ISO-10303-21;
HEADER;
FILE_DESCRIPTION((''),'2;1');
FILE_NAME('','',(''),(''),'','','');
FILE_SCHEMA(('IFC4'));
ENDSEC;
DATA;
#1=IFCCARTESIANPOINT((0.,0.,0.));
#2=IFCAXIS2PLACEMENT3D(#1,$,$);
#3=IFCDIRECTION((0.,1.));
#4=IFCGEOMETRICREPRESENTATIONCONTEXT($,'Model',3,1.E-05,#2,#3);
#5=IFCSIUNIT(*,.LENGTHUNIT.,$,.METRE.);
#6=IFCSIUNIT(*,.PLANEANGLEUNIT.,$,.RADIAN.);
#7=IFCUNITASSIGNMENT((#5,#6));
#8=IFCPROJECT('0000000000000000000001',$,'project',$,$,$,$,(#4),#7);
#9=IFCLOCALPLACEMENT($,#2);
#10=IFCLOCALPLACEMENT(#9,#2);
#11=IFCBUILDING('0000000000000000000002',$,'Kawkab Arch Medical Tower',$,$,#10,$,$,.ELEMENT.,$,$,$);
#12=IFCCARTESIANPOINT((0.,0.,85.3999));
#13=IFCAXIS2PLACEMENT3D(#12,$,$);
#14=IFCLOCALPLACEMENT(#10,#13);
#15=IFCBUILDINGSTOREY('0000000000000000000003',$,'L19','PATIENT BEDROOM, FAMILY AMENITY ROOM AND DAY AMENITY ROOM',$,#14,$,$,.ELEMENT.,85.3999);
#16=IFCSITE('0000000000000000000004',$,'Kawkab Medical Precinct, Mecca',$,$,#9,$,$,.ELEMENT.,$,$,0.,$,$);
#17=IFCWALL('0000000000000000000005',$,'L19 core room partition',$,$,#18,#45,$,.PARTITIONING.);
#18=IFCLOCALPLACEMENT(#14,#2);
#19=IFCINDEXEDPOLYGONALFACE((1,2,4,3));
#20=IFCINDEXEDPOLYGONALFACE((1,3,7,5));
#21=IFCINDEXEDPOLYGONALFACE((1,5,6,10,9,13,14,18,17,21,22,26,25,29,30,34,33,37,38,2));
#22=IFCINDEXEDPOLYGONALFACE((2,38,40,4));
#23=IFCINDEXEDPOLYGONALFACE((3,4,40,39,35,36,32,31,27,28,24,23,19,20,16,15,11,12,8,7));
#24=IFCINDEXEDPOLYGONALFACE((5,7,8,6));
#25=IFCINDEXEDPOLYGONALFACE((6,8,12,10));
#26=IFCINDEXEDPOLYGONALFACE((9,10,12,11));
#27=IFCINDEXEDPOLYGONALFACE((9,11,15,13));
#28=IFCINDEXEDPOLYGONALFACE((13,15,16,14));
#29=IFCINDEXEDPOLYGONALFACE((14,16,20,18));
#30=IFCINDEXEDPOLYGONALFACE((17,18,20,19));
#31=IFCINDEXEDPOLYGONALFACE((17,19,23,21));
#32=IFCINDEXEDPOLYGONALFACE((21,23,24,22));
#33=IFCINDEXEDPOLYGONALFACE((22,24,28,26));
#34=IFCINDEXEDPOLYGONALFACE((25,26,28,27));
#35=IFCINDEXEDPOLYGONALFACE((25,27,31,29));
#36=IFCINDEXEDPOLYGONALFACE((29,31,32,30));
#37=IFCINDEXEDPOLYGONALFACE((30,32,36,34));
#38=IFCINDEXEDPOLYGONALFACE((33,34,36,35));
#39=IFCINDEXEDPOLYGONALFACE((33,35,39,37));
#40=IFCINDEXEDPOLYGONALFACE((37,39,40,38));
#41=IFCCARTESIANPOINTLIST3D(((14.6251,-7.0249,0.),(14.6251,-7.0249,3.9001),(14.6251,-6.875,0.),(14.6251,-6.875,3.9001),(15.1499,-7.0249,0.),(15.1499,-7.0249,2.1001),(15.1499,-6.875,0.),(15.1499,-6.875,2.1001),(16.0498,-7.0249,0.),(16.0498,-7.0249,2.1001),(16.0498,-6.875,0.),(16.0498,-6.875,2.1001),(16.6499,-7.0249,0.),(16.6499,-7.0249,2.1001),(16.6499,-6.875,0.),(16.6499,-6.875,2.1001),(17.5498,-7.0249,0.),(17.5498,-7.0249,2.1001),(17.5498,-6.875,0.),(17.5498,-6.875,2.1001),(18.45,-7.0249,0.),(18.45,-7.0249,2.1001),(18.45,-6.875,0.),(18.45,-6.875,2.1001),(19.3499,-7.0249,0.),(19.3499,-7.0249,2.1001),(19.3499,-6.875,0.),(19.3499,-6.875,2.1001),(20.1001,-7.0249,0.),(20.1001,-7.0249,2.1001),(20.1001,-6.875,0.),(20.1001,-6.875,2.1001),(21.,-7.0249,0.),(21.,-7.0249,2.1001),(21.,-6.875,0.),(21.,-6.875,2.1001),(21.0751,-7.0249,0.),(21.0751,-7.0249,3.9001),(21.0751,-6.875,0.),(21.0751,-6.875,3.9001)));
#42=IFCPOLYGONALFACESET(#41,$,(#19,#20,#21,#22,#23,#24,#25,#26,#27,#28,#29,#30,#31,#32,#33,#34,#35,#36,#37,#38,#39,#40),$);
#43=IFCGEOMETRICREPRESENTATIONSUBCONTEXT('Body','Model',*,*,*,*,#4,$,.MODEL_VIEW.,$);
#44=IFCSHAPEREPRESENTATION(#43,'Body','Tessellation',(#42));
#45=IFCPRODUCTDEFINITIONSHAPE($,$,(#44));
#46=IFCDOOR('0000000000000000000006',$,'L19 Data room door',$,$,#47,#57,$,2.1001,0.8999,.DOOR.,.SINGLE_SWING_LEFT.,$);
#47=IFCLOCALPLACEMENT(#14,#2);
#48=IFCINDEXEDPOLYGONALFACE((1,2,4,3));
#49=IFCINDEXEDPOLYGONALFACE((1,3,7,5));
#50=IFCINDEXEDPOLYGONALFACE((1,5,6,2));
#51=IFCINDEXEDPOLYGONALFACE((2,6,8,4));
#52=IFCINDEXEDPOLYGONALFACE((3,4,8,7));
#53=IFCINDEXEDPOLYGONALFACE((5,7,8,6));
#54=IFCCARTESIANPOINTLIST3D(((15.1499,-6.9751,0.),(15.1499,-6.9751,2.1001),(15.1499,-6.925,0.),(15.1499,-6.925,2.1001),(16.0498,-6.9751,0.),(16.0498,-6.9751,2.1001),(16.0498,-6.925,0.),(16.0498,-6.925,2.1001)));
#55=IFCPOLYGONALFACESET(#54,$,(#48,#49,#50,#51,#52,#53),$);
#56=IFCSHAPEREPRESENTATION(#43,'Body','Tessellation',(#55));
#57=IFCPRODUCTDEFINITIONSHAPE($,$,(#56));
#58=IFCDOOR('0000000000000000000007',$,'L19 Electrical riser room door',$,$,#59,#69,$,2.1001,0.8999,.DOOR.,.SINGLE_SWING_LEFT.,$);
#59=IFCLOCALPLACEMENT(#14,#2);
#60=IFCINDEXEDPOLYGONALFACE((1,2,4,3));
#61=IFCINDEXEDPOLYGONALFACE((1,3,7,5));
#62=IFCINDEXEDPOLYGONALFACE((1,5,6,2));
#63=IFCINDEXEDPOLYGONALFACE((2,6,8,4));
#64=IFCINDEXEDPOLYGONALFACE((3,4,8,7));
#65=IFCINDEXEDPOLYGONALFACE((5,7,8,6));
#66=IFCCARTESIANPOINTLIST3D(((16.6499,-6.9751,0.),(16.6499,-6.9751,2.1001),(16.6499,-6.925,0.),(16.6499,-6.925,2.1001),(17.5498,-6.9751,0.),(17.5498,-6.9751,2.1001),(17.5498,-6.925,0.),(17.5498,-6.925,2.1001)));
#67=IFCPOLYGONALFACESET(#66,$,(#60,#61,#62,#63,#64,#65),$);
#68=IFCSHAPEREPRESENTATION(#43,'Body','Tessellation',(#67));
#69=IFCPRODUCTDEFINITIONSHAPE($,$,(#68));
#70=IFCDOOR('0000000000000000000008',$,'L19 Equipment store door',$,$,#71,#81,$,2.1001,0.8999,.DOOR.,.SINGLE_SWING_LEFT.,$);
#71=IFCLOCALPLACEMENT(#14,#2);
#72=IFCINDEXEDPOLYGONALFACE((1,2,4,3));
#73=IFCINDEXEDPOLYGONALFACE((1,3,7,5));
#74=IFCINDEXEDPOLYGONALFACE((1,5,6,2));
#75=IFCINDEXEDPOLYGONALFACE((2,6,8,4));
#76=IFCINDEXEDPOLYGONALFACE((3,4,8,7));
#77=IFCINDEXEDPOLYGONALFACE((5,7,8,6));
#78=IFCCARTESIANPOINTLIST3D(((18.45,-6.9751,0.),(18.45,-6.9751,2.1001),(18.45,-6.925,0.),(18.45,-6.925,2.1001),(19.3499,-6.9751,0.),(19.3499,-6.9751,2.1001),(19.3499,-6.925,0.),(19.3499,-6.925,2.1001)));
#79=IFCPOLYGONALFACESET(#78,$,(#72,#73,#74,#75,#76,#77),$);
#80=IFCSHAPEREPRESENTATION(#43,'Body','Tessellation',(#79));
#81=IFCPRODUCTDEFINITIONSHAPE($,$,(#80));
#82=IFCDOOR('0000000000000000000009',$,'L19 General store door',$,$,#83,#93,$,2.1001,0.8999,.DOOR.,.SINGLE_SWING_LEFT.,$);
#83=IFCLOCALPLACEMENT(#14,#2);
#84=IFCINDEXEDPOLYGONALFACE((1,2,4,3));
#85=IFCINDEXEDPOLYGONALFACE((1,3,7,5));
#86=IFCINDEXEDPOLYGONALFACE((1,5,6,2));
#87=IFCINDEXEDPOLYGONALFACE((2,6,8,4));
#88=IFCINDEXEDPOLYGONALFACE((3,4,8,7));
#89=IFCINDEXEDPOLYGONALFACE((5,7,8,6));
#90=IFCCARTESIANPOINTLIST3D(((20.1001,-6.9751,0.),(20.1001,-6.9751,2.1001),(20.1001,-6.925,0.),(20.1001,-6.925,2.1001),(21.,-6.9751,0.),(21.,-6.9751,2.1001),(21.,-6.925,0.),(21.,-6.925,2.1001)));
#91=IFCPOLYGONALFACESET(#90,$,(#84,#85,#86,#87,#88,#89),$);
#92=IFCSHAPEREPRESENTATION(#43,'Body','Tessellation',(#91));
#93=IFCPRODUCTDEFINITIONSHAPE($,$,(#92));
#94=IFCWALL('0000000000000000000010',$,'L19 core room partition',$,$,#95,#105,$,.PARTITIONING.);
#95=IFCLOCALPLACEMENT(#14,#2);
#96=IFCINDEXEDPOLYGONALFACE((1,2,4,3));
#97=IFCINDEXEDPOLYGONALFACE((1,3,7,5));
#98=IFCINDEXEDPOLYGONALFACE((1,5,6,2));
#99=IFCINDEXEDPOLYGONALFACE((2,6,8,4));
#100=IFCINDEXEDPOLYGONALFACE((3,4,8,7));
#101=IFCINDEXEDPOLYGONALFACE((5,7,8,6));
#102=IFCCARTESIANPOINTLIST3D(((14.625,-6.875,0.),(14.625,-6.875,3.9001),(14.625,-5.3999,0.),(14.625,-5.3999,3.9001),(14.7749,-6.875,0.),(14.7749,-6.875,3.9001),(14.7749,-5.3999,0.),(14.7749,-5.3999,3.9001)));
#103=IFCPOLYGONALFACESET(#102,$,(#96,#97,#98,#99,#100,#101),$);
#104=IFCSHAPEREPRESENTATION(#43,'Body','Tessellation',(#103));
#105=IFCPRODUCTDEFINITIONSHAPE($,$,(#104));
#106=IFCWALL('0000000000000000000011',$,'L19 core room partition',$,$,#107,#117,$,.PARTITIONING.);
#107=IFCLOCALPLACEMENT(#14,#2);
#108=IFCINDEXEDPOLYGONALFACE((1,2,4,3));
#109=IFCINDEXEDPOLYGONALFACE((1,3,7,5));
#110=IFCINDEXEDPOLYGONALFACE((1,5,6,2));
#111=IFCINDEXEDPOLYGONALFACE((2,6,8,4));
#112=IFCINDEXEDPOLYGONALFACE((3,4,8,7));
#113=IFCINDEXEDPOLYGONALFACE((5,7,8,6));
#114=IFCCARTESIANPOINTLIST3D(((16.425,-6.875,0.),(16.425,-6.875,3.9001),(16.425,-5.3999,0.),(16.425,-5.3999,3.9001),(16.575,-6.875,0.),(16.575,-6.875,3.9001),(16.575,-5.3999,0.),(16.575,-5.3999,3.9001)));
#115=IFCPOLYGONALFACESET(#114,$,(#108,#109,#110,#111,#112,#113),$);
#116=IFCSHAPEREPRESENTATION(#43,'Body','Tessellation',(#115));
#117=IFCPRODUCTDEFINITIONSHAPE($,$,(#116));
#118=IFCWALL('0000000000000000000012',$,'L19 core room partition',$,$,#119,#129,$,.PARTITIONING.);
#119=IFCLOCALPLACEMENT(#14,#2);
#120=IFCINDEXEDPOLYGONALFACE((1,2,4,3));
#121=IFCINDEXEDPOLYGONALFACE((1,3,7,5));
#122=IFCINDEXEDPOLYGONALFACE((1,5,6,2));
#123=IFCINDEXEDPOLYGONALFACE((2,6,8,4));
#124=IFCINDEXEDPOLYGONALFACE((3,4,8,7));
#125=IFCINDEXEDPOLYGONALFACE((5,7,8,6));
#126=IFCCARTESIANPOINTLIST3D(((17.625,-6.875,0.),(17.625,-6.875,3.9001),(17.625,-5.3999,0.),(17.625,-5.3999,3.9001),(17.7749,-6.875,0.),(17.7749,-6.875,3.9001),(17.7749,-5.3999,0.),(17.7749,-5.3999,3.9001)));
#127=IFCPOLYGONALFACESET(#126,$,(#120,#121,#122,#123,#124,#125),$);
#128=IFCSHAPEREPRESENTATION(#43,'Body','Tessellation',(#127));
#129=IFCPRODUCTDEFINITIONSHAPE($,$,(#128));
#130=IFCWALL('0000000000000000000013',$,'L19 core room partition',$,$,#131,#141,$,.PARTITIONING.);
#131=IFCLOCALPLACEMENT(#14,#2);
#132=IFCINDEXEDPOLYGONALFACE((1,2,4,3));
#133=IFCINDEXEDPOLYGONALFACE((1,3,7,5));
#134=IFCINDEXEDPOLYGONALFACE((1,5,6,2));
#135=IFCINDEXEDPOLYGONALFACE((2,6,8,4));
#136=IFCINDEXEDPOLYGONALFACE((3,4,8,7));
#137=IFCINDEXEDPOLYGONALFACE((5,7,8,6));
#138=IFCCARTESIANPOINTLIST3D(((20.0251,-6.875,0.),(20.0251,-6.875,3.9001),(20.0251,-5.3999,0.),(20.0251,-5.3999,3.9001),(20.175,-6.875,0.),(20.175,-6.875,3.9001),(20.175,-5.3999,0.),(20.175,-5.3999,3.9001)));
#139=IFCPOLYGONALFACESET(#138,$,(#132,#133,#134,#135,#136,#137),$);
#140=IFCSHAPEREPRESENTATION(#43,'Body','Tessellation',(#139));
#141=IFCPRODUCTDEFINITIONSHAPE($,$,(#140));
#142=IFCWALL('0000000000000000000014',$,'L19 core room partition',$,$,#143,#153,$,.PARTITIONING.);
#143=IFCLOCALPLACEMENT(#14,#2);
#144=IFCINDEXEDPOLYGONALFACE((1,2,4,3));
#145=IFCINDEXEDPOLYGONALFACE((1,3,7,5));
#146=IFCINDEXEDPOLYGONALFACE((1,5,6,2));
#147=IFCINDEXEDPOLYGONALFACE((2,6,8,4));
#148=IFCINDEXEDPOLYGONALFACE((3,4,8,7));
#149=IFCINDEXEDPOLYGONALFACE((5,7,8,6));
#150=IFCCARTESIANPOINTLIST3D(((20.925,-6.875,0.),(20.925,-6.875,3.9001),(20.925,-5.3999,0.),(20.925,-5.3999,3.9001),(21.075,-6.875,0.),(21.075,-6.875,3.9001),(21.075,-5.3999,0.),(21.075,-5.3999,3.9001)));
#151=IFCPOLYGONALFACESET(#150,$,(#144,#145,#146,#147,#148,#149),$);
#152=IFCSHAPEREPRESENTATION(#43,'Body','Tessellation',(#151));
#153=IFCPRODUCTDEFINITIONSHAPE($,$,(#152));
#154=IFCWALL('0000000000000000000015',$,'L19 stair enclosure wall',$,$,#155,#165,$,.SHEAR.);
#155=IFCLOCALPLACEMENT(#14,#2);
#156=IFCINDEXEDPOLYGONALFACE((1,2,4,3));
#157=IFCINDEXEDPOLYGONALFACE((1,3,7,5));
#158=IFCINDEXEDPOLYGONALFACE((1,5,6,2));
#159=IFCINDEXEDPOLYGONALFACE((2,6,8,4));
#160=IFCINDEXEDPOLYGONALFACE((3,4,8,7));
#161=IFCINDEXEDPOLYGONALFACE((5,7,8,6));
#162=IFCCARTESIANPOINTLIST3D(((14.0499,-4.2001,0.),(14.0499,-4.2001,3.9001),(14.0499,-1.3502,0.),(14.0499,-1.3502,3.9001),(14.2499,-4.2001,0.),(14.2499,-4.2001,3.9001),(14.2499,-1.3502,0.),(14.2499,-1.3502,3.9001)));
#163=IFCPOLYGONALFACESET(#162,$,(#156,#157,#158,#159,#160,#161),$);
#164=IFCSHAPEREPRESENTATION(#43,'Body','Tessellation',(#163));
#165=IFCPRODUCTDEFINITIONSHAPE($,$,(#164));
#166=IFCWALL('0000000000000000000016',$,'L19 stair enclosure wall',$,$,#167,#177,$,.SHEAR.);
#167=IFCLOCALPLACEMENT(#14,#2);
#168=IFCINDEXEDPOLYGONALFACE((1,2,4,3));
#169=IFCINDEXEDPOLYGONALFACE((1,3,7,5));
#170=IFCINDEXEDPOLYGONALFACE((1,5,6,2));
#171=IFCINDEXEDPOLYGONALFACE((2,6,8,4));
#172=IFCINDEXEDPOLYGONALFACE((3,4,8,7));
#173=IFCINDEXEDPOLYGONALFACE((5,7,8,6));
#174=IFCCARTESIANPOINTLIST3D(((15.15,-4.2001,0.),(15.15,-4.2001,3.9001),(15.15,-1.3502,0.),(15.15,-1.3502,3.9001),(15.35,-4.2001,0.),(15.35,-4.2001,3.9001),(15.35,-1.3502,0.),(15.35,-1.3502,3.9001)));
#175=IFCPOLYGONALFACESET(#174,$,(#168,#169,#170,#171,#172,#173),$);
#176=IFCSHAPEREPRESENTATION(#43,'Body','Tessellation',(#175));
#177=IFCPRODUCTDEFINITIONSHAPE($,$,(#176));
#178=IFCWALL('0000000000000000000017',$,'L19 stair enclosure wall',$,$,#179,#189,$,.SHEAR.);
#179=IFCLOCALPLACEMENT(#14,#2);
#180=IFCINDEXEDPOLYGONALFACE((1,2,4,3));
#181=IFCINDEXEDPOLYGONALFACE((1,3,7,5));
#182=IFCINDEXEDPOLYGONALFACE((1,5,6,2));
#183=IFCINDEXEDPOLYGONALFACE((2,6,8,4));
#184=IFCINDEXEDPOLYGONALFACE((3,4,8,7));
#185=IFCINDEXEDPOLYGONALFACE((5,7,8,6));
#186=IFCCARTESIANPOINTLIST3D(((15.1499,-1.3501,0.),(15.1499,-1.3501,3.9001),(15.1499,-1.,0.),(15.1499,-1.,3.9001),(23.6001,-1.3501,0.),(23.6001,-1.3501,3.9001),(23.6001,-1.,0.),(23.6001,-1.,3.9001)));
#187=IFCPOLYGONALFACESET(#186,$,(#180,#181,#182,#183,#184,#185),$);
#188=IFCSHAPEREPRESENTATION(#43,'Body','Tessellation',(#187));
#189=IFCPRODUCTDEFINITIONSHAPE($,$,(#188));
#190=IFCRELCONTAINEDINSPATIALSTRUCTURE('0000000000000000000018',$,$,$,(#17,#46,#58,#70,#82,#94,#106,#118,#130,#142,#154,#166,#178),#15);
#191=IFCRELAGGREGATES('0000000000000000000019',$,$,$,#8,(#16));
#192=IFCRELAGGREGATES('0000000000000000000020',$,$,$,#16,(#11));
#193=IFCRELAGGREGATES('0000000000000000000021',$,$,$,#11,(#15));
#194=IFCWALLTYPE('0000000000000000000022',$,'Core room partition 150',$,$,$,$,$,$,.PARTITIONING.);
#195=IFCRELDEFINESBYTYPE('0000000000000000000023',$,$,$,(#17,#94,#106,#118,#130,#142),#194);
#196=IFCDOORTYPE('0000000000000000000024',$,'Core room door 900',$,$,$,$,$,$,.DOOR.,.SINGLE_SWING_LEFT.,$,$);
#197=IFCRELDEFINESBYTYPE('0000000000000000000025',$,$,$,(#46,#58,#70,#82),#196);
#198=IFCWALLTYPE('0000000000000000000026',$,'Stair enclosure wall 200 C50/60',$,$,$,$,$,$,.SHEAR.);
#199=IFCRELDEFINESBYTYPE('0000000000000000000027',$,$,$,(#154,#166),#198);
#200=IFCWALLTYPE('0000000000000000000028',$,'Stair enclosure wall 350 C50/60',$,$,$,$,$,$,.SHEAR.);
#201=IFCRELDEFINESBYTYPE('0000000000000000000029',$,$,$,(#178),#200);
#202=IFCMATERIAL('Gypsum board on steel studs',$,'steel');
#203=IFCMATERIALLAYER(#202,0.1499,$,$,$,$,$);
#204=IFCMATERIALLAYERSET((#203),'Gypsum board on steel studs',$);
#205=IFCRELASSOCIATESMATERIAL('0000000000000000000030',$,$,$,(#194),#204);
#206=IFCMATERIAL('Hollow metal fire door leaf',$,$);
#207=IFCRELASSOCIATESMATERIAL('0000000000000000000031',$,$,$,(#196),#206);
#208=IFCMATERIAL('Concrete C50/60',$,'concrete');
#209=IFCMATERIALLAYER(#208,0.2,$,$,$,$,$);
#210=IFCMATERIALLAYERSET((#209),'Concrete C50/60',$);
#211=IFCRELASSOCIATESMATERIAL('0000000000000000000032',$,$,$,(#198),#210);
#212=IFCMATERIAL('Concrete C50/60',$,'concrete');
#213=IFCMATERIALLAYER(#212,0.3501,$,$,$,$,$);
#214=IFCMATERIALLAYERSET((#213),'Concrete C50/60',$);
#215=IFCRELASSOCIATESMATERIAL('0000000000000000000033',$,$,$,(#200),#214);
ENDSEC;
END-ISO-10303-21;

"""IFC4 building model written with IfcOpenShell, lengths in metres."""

from ifc_helpers import new_model, si_unit, direction, frame, frame_2d, origin, place, context, subcontext, project, spatial, rectangle, extrude, material, layer, layer_set, type_object, element, fill, save


model = new_model("IFC4")

# Units and contexts
model_context = context("Model", 3, precision=1e-05, world=origin(), true_north=direction((0.0, 1.0)))
body_context = subcontext(model_context, "Body", "Model", "MODEL_VIEW")
ifc_project = project(units=[si_unit("LENGTHUNIT", "METRE"), si_unit("PLANEANGLEUNIT", "RADIAN")], contexts=[model_context])

# Site, building, storey
site_placement = place(None, origin())
site = spatial("IfcSite", under=ifc_project, at=site_placement, Name="Kawkab Medical Precinct, Mecca", CompositionType="ELEMENT", RefElevation=0.0)
building_placement = place(site_placement, origin())
building = spatial("IfcBuilding", under=site, at=building_placement, Name="Kawkab Arch Medical Tower", CompositionType="ELEMENT")
storey_placement = place(building_placement, frame((0.0, 0.0, 85.3999)))
storey = spatial("IfcBuildingStorey", under=building, at=storey_placement, Name="L19", Description="PATIENT BEDROOM, FAMILY AMENITY ROOM AND DAY AMENITY ROOM", CompositionType="ELEMENT", Elevation=85.3999)

# Wall, openings, doors
ifc_material_1 = material(Name="Gypsum board on steel studs", Category="steel")
ifc_layer_1 = layer(ifc_material_1, 0.1499)
ifc_layer_set_1 = layer_set([ifc_layer_1], Name="Gypsum board on steel studs")
wall_type_1 = type_object("IfcWallType", Name="Core room partition 150", PredefinedType="PARTITIONING", material=ifc_layer_set_1)
wall_1_placement = place(storey_placement, frame((14.625, -6.95, 0.0), z_axis=(0.0, 0.0, 1.0), x_axis=(1.0, 0.0, 0.0)))
wall_1 = element("IfcWall", 1, at=wall_1_placement, inside=storey, type_object=wall_type_1, Name="L19 core room partition", PredefinedType="PARTITIONING", context=body_context, shape_type="SweptSolid", body=[
    extrude(rectangle(XDim=6.45, YDim=0.1499, at=frame_2d((3.2251, 0.0))), origin(), (0.0, 0.0, 1.0), 3.9001),
])
opening_1_placement = place(wall_1_placement, frame((0.5249, 0.0, 0.0)))
opening_1 = element("IfcOpeningElement", 2, at=opening_1_placement, cuts=wall_1, PredefinedType="OPENING", context=body_context, shape_type="SweptSolid", body=[
    extrude(rectangle(XDim=0.8999, YDim=2.1001, at=frame_2d((0.45, 1.05))), frame((0.0, 0.085, 0.0), z_axis=(0.0, -1.0, 0.0), x_axis=(1.0, 0.0, 0.0)), (0.0, 0.0, 1.0), 0.1699),
])
opening_2_placement = place(wall_1_placement, frame((2.0249, 0.0, 0.0)))
opening_2 = element("IfcOpeningElement", 3, at=opening_2_placement, cuts=wall_1, PredefinedType="OPENING", context=body_context, shape_type="SweptSolid", body=[
    extrude(rectangle(XDim=0.8999, YDim=2.1001, at=frame_2d((0.45, 1.05))), frame((0.0, 0.085, 0.0), z_axis=(0.0, -1.0, 0.0), x_axis=(1.0, 0.0, 0.0)), (0.0, 0.0, 1.0), 0.1699),
])
opening_3_placement = place(wall_1_placement, frame((3.825, 0.0, 0.0)))
opening_3 = element("IfcOpeningElement", 4, at=opening_3_placement, cuts=wall_1, PredefinedType="OPENING", context=body_context, shape_type="SweptSolid", body=[
    extrude(rectangle(XDim=0.8999, YDim=2.1001, at=frame_2d((0.45, 1.05))), frame((0.0, 0.085, 0.0), z_axis=(0.0, -1.0, 0.0), x_axis=(1.0, 0.0, 0.0)), (0.0, 0.0, 1.0), 0.1699),
])
opening_4_placement = place(wall_1_placement, frame((5.4751, 0.0, 0.0)))
opening_4 = element("IfcOpeningElement", 5, at=opening_4_placement, cuts=wall_1, PredefinedType="OPENING", context=body_context, shape_type="SweptSolid", body=[
    extrude(rectangle(XDim=0.8999, YDim=2.1001, at=frame_2d((0.45, 1.05))), frame((0.0, 0.085, 0.0), z_axis=(0.0, -1.0, 0.0), x_axis=(1.0, 0.0, 0.0)), (0.0, 0.0, 1.0), 0.1699),
])
ifc_material_2 = material(Name="Hollow metal fire door leaf")
door_type = type_object("IfcDoorType", Name="Core room door 900", OperationType="SINGLE_SWING_LEFT", PredefinedType="DOOR", material=ifc_material_2)
door_1_placement = place(opening_1_placement, origin())
door_1 = element("IfcDoor", 6, at=door_1_placement, inside=storey, type_object=door_type, Name="L19 Data room door", OperationType="SINGLE_SWING_LEFT", OverallHeight=2.1001, OverallWidth=0.8999, PredefinedType="DOOR", context=body_context, shape_type="SweptSolid", body=[
    extrude(rectangle(XDim=0.8999, YDim=2.1001, at=frame_2d((0.45, 1.05))), frame((0.0, 0.0249, 0.0), z_axis=(0.0, -1.0, 0.0), x_axis=(1.0, 0.0, 0.0)), (0.0, 0.0, 1.0), 0.05),
])
fill(opening_1, door_1)
door_2_placement = place(opening_2_placement, origin())
door_2 = element("IfcDoor", 7, at=door_2_placement, inside=storey, type_object=door_type, Name="L19 Electrical riser room door", OperationType="SINGLE_SWING_LEFT", OverallHeight=2.1001, OverallWidth=0.8999, PredefinedType="DOOR", context=body_context, shape_type="SweptSolid", body=[
    extrude(rectangle(XDim=0.8999, YDim=2.1001, at=frame_2d((0.45, 1.05))), frame((0.0, 0.0249, 0.0), z_axis=(0.0, -1.0, 0.0), x_axis=(1.0, 0.0, 0.0)), (0.0, 0.0, 1.0), 0.05),
])
fill(opening_2, door_2)
door_3_placement = place(opening_3_placement, origin())
door_3 = element("IfcDoor", 8, at=door_3_placement, inside=storey, type_object=door_type, Name="L19 Equipment store door", OperationType="SINGLE_SWING_LEFT", OverallHeight=2.1001, OverallWidth=0.8999, PredefinedType="DOOR", context=body_context, shape_type="SweptSolid", body=[
    extrude(rectangle(XDim=0.8999, YDim=2.1001, at=frame_2d((0.45, 1.05))), frame((0.0, 0.0249, 0.0), z_axis=(0.0, -1.0, 0.0), x_axis=(1.0, 0.0, 0.0)), (0.0, 0.0, 1.0), 0.05),
])
fill(opening_3, door_3)
door_4_placement = place(opening_4_placement, origin())
door_4 = element("IfcDoor", 9, at=door_4_placement, inside=storey, type_object=door_type, Name="L19 General store door", OperationType="SINGLE_SWING_LEFT", OverallHeight=2.1001, OverallWidth=0.8999, PredefinedType="DOOR", context=body_context, shape_type="SweptSolid", body=[
    extrude(rectangle(XDim=0.8999, YDim=2.1001, at=frame_2d((0.45, 1.05))), frame((0.0, 0.0249, 0.0), z_axis=(0.0, -1.0, 0.0), x_axis=(1.0, 0.0, 0.0)), (0.0, 0.0, 1.0), 0.05),
])
fill(opening_4, door_4)

# Walls
for number, where, z_axis, x_axis, name in (
    (10, (14.7, -6.875, 0.0), (0.0, 0.0, 1.0), (0.0, 1.0, 0.0), "L19 core room partition"),
    (11, (16.5, -6.875, 0.0), (0.0, 0.0, 1.0), (0.0, 1.0, 0.0), "L19 core room partition"),
    (12, (17.7, -6.875, 0.0), (0.0, 0.0, 1.0), (0.0, 1.0, 0.0), "L19 core room partition"),
    (13, (20.1001, -6.875, 0.0), (0.0, 0.0, 1.0), (0.0, 1.0, 0.0), "L19 core room partition"),
    (14, (21.0, -6.875, 0.0), (0.0, 0.0, 1.0), (0.0, 1.0, 0.0), "L19 core room partition"),
):
    element("IfcWall", number, at=place(storey_placement, frame(where, z_axis=z_axis, x_axis=x_axis)), inside=storey, type_object=wall_type_1, Name=name, PredefinedType="PARTITIONING", context=body_context, shape_type="SweptSolid", body=[
        extrude(rectangle(XDim=1.4751, YDim=0.1499, at=frame_2d((0.7375, 0.0))), origin(), (0.0, 0.0, 1.0), 3.9001),
    ])
ifc_material_3 = material(Name="Concrete C50/60", Category="concrete")
ifc_layer_2 = layer(ifc_material_3, 0.2)
ifc_layer_set_2 = layer_set([ifc_layer_2], Name="Concrete C50/60")
wall_type_2 = type_object("IfcWallType", Name="Stair enclosure wall 200 C50/60", PredefinedType="SHEAR", material=ifc_layer_set_2)
for number, where, z_axis, x_axis, name in (
    (15, (14.1499, -4.2, 0.0), (0.0, 0.0, 1.0), (0.0, 1.0, 0.0), "L19 stair enclosure wall"),
    (16, (15.25, -4.2, 0.0), (0.0, 0.0, 1.0), (0.0, 1.0, 0.0), "L19 stair enclosure wall"),
):
    element("IfcWall", number, at=place(storey_placement, frame(where, z_axis=z_axis, x_axis=x_axis)), inside=storey, type_object=wall_type_2, Name=name, PredefinedType="SHEAR", context=body_context, shape_type="SweptSolid", body=[
        extrude(rectangle(XDim=2.8499, YDim=0.2, at=frame_2d((1.4248, 0.0))), origin(), (0.0, 0.0, 1.0), 3.9001),
    ])
ifc_material_4 = material(Name="Concrete C50/60", Category="concrete")
ifc_layer_3 = layer(ifc_material_4, 0.3501)
ifc_layer_set_3 = layer_set([ifc_layer_3], Name="Concrete C50/60")
wall_type_3 = type_object("IfcWallType", Name="Stair enclosure wall 350 C50/60", PredefinedType="SHEAR", material=ifc_layer_set_3)
wall_2_placement = place(storey_placement, frame((15.1499, -1.175, 0.0), z_axis=(0.0, 0.0, 1.0), x_axis=(1.0, 0.0, 0.0)))
element("IfcWall", 17, at=wall_2_placement, inside=storey, type_object=wall_type_3, Name="L19 stair enclosure wall", PredefinedType="SHEAR", context=body_context, shape_type="SweptSolid", body=[
    extrude(rectangle(XDim=8.4502, YDim=0.3501, at=frame_2d((4.2251, 0.0))), origin(), (0.0, 0.0, 1.0), 3.9001),
])

save(model, "model.ifc")
